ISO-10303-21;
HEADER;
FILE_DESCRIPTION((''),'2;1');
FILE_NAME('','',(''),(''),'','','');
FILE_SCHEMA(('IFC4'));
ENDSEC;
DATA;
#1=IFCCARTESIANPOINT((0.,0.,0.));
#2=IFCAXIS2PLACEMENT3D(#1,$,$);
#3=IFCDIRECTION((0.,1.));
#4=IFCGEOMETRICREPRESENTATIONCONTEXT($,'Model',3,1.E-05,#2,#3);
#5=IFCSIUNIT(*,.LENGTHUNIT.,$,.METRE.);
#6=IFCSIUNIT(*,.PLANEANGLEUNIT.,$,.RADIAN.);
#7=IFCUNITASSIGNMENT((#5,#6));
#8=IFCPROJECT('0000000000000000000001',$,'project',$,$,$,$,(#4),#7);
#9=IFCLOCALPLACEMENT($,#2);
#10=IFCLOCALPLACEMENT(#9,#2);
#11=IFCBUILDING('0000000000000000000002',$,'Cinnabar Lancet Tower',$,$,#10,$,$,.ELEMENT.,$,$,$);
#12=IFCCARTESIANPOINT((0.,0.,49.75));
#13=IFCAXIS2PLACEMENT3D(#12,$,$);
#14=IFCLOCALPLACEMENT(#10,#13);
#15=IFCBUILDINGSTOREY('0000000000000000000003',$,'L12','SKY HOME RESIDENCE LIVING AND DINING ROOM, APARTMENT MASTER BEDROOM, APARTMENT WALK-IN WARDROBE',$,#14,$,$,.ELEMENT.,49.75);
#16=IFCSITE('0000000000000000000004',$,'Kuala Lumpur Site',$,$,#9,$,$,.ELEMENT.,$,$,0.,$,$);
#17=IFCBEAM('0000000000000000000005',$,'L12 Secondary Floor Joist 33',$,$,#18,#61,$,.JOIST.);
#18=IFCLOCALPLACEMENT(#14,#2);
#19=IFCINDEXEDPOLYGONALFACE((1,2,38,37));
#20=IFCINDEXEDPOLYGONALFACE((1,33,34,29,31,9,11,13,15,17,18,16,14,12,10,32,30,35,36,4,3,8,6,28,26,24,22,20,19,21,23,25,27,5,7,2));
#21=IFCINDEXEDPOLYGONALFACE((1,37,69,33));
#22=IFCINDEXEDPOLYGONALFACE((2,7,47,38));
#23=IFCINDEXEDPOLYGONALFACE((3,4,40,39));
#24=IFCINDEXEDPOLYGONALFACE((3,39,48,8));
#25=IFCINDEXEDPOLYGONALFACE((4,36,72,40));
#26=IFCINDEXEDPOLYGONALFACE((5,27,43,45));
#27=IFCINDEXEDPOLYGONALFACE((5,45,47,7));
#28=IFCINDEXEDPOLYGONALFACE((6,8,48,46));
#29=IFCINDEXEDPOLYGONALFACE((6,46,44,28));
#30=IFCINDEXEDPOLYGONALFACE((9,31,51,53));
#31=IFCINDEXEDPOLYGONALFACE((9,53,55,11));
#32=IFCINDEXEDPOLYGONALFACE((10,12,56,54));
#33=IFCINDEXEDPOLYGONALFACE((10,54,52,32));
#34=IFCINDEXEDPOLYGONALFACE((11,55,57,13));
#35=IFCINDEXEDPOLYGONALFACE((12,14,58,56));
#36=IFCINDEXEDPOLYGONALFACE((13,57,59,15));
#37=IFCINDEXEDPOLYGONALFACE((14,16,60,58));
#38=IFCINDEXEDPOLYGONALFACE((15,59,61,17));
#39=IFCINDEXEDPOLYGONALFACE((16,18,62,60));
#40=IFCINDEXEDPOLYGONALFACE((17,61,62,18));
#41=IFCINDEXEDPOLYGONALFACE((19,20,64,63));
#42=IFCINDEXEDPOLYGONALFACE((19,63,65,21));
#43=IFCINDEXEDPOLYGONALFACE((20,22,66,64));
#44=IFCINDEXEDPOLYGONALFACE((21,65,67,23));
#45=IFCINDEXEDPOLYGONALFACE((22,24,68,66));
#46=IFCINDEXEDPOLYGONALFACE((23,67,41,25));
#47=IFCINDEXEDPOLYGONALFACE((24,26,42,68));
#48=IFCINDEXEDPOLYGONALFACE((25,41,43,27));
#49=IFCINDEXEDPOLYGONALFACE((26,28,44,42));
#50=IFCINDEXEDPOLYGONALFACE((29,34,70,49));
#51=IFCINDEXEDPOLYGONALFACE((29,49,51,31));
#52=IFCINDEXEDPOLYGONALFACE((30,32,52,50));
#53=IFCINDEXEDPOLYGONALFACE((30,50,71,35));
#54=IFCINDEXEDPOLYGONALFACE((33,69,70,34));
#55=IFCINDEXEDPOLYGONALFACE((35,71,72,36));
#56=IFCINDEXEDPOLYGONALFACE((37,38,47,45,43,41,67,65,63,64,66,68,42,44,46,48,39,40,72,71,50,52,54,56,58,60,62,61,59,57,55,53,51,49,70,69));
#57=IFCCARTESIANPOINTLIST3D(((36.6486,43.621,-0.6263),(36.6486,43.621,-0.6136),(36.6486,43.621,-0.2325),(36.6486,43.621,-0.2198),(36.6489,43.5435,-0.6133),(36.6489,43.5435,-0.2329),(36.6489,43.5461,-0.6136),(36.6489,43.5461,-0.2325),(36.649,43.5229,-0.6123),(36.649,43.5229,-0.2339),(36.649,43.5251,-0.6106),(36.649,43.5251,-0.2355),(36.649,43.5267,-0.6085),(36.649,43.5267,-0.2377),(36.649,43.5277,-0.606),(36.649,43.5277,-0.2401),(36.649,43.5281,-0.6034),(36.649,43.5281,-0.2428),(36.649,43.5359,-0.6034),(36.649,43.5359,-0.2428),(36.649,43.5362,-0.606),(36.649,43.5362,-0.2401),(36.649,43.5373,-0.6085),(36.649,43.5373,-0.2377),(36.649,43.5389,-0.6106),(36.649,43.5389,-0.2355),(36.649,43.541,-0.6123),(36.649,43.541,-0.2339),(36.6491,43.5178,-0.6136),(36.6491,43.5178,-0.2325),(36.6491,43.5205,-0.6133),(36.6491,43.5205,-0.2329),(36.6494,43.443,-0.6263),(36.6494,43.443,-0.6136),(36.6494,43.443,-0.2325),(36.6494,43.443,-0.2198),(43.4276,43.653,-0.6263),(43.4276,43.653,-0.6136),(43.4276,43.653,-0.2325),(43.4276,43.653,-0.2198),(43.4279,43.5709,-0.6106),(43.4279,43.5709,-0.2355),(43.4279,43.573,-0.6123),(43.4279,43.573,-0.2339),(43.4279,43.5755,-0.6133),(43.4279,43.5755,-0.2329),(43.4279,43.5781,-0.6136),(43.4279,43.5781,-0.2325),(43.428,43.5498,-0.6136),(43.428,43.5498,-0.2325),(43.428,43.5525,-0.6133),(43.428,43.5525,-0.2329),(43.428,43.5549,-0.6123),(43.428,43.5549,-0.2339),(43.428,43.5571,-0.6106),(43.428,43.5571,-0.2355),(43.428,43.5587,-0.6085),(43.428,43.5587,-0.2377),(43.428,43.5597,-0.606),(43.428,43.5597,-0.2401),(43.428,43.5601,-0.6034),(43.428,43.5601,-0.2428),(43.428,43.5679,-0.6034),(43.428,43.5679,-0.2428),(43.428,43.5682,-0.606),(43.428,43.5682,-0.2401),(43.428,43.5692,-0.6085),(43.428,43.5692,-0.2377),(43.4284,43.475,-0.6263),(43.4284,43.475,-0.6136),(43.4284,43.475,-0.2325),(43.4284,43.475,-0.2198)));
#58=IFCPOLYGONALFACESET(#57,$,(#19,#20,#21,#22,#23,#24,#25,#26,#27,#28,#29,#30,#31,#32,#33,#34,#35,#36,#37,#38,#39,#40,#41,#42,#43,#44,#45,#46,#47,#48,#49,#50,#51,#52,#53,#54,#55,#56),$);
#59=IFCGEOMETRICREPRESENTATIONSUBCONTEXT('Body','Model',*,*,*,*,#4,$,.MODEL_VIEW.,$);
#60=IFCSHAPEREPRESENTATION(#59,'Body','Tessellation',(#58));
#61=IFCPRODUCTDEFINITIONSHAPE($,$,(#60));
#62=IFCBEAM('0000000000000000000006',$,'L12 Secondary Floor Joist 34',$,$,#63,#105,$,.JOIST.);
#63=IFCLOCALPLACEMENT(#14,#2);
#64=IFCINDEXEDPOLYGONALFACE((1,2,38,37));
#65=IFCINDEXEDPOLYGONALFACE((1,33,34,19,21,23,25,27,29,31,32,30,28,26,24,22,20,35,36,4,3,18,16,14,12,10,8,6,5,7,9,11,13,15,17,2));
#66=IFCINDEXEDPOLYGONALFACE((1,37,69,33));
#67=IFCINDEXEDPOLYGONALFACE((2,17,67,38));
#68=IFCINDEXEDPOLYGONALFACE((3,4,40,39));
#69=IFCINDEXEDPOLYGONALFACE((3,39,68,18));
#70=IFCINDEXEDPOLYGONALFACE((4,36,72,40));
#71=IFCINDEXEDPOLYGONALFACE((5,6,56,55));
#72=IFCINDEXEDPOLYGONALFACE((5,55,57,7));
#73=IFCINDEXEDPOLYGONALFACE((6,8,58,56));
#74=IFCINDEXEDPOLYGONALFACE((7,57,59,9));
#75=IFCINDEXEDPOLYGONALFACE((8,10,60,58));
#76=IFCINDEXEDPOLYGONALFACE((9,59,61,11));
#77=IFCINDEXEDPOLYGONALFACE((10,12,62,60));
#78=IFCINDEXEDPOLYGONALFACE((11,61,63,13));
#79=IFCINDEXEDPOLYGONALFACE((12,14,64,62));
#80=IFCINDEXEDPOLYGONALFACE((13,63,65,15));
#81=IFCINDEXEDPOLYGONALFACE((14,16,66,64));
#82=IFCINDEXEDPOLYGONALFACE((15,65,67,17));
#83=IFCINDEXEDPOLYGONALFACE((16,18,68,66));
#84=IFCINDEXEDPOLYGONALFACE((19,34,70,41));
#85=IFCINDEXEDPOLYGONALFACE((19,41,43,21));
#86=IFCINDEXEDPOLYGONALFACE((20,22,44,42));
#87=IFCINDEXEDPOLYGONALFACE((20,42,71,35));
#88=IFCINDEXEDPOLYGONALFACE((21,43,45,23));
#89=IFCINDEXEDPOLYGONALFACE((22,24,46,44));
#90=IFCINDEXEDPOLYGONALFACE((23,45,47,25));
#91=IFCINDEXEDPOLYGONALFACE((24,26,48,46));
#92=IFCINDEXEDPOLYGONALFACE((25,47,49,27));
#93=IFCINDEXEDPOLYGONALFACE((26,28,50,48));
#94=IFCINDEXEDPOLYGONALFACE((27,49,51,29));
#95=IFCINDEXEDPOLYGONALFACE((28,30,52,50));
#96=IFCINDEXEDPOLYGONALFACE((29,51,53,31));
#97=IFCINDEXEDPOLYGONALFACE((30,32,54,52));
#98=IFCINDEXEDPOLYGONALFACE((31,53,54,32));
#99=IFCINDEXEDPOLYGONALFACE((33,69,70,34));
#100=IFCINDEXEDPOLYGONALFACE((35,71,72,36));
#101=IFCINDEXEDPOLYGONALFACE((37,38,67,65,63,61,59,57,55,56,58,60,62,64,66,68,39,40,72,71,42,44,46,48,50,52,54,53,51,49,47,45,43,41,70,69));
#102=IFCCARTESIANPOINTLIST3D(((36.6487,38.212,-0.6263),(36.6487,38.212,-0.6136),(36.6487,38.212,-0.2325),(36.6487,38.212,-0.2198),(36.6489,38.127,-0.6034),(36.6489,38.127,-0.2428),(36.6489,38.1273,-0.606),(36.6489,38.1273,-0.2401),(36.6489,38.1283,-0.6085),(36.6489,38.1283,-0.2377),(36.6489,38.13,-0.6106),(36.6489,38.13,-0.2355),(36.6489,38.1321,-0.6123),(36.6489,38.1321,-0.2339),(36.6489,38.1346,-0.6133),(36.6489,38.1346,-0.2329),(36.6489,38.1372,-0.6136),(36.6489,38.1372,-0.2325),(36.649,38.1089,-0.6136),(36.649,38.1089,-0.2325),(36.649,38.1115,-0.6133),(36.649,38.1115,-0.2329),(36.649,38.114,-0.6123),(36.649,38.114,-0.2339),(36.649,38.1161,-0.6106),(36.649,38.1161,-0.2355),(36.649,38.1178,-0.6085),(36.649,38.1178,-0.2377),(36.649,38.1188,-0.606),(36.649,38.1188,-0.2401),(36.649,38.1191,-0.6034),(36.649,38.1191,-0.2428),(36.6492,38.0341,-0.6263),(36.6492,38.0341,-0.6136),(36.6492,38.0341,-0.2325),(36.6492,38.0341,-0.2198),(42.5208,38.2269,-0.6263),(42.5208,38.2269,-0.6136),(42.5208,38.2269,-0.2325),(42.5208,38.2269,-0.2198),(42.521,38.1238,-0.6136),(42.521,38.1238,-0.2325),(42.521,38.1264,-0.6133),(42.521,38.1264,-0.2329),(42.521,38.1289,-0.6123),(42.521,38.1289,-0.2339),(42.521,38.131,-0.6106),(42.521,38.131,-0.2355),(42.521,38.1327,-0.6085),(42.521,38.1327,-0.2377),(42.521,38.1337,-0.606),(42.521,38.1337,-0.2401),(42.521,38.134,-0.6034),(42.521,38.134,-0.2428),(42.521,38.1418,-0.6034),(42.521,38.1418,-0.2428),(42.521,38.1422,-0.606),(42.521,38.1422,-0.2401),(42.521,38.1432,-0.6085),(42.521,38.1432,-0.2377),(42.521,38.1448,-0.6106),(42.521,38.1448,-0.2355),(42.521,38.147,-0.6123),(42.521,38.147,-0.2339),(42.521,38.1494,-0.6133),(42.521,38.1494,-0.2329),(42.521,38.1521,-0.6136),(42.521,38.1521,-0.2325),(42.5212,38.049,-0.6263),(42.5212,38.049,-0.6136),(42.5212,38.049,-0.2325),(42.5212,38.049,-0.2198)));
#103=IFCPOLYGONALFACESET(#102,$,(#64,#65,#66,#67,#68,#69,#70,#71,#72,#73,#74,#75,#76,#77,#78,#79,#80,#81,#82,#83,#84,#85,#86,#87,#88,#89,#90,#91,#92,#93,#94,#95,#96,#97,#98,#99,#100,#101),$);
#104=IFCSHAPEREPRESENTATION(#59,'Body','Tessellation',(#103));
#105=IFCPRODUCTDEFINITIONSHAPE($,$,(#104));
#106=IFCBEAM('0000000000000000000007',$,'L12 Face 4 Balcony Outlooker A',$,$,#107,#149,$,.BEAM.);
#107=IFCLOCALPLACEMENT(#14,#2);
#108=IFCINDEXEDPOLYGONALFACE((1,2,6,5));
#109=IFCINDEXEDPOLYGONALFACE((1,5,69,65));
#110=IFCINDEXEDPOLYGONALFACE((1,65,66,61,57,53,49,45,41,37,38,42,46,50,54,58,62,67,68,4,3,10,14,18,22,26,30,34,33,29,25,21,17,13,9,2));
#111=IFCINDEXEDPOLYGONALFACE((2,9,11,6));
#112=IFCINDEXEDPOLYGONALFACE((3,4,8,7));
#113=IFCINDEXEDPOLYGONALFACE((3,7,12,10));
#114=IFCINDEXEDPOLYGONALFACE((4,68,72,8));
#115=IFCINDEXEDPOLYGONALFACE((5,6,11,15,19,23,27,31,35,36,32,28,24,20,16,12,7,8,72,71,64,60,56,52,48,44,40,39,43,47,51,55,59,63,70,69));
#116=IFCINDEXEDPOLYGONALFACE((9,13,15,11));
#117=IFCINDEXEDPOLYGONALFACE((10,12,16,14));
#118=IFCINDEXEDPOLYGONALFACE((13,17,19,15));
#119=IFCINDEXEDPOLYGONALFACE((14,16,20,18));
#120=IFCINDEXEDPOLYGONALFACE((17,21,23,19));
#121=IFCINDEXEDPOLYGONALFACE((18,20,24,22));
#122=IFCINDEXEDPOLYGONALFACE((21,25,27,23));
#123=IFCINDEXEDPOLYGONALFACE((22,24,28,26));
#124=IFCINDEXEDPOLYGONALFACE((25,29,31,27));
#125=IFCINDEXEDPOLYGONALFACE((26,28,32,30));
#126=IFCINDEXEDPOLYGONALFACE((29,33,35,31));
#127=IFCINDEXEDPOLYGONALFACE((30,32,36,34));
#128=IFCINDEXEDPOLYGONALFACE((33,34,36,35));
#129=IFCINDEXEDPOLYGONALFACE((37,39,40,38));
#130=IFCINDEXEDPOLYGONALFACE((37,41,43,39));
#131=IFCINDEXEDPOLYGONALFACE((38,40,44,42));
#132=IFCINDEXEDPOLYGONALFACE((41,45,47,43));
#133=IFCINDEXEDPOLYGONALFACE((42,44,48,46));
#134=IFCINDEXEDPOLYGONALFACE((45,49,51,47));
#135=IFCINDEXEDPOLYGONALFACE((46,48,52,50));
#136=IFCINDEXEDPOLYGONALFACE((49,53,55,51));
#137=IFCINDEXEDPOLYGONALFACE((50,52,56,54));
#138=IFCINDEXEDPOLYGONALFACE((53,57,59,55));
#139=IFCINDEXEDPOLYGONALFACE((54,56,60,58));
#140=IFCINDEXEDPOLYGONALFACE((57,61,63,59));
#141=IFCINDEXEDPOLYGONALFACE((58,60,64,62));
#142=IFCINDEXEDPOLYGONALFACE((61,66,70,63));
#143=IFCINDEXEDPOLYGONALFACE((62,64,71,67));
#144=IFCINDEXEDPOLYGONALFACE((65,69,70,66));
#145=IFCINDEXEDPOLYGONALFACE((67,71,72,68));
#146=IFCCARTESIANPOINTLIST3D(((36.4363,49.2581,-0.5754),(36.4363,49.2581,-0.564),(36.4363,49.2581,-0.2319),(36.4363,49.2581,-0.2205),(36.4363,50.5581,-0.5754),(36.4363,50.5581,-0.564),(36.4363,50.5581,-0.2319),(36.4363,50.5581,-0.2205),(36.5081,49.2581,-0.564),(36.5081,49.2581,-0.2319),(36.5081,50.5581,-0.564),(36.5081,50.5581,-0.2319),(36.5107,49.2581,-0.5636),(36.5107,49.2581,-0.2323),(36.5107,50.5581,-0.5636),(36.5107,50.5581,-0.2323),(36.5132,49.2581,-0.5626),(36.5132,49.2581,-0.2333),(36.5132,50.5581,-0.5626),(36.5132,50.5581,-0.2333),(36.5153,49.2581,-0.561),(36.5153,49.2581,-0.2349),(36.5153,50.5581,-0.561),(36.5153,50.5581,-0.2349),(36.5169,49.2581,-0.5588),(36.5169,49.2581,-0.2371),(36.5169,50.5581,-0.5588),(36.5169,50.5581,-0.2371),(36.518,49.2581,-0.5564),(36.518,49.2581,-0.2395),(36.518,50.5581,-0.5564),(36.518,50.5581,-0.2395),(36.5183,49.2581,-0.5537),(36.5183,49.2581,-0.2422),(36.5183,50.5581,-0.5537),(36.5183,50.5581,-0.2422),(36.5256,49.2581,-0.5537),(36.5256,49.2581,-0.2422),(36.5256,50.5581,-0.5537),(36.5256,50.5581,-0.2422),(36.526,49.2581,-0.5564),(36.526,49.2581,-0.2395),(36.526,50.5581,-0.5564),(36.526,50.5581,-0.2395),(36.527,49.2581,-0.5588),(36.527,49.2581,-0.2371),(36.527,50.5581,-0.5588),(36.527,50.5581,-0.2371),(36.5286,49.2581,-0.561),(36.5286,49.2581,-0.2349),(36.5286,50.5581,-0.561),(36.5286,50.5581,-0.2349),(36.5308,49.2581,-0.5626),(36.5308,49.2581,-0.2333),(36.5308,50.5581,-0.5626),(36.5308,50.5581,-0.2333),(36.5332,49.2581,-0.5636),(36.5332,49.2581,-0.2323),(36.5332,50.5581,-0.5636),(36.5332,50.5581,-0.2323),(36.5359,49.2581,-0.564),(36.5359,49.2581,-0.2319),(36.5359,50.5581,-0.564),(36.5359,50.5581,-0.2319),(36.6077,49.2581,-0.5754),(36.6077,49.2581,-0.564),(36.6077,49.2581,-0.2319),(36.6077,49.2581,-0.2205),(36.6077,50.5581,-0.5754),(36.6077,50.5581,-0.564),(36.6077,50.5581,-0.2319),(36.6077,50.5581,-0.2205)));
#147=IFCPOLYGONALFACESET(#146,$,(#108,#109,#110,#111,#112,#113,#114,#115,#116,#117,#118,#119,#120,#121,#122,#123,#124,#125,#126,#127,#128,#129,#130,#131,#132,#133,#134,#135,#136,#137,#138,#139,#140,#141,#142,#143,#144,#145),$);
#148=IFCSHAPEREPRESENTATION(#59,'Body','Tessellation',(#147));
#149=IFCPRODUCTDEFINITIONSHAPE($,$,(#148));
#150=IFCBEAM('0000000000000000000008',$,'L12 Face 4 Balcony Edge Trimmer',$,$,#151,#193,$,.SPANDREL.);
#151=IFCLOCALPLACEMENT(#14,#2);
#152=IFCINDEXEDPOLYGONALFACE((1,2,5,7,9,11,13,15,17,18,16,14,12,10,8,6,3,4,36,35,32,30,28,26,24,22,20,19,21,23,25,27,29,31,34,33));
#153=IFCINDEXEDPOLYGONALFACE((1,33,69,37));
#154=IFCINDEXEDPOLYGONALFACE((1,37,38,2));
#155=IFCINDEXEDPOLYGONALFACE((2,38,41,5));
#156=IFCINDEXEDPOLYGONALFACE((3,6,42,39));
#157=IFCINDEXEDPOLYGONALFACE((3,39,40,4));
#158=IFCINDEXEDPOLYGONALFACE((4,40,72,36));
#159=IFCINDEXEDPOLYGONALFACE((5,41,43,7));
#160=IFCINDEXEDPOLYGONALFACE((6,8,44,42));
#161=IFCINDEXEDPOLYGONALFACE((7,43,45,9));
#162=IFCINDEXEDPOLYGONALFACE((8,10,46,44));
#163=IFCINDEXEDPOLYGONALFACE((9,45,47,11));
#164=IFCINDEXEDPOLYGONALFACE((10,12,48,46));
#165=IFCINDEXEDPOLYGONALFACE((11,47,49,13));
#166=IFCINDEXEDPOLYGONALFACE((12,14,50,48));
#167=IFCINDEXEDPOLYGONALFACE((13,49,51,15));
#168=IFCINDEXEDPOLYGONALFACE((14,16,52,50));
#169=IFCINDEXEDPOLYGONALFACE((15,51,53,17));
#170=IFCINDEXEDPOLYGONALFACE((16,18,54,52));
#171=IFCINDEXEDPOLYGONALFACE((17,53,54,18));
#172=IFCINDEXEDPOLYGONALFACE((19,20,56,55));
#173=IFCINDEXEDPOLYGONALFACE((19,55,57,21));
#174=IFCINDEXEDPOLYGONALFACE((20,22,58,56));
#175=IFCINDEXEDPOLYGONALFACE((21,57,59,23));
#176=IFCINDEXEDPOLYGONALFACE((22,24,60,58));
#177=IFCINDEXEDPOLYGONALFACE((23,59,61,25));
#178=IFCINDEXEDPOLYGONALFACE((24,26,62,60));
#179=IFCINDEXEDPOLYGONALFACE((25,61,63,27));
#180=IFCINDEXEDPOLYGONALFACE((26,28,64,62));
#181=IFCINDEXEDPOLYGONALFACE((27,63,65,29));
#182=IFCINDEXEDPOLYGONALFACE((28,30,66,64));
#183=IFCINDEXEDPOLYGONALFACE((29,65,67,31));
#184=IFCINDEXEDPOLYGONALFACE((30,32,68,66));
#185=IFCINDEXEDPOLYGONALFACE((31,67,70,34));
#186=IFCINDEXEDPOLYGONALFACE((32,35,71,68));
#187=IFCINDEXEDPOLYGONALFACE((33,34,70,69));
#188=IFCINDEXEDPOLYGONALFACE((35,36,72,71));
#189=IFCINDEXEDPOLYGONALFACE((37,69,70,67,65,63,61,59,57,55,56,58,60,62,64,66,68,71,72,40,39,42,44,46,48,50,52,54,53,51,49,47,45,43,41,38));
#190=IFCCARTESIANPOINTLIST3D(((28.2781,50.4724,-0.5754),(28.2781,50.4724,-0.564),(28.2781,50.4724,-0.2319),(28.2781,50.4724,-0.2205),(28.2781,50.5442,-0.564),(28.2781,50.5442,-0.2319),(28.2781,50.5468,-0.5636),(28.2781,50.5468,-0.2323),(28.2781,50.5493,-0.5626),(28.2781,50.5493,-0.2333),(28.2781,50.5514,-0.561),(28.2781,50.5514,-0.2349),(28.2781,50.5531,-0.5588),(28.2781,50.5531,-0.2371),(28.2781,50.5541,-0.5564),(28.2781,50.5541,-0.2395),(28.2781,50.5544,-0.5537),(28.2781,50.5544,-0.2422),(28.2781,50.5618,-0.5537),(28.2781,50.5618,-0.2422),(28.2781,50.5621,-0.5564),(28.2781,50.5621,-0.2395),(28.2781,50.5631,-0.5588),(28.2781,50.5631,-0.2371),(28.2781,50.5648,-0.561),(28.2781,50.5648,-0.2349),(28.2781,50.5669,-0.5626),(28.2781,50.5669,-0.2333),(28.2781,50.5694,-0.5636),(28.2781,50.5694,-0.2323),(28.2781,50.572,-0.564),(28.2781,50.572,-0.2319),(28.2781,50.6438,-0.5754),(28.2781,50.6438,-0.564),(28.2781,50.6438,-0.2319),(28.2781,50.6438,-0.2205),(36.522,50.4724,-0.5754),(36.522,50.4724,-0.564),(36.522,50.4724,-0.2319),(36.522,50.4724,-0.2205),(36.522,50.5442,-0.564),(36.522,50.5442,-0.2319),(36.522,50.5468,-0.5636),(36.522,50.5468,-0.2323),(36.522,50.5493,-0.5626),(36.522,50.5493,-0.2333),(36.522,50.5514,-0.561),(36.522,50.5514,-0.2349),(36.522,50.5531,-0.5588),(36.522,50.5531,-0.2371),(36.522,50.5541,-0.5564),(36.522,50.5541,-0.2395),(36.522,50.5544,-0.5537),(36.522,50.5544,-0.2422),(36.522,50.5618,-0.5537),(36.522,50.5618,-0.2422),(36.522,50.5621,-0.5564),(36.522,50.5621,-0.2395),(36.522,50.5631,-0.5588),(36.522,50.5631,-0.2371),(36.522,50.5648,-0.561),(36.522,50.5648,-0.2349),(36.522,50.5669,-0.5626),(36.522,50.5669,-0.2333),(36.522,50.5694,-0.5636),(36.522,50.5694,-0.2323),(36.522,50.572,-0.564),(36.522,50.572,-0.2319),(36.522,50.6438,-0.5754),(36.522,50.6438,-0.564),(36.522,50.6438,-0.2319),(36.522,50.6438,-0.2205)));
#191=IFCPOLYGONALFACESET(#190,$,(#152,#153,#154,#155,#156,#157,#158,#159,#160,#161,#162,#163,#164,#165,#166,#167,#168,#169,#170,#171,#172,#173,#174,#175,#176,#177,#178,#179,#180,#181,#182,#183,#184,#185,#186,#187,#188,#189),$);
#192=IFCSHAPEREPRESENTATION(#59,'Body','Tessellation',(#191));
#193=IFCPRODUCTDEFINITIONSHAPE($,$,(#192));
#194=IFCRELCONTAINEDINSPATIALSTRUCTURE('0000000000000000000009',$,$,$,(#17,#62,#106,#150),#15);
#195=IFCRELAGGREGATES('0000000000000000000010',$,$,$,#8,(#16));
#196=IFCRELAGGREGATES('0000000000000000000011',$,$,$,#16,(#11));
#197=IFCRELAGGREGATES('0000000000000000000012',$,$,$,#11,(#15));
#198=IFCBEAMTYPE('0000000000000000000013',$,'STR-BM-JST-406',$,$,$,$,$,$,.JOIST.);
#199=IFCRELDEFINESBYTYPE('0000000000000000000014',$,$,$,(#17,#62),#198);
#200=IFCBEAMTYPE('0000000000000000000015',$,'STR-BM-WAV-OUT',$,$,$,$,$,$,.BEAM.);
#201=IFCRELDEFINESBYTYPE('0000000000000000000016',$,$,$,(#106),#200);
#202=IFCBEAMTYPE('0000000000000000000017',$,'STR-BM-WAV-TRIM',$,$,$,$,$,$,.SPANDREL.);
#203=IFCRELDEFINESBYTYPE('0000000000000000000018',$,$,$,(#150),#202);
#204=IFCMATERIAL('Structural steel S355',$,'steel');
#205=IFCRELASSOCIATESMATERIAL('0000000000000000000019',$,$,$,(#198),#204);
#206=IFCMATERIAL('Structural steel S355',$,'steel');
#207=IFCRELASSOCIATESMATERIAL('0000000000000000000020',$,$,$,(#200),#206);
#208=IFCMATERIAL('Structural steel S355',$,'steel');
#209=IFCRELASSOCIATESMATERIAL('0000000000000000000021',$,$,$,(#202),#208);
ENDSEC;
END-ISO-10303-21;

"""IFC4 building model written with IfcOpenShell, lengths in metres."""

from ifc_helpers import new_model, si_unit, direction, frame, origin, origin_2d, place, context, subcontext, project, spatial, i_section, extrude, material, material_profile, profile_set, type_object, element, save


model = new_model("IFC4")

# Units and contexts
model_context = context("Model", 3, precision=1e-05, world=origin(), true_north=direction((0.0, 1.0)))
body_context = subcontext(model_context, "Body", "Model", "MODEL_VIEW")
ifc_project = project(units=[si_unit("LENGTHUNIT", "METRE"), si_unit("PLANEANGLEUNIT", "RADIAN")], contexts=[model_context])

# Site, building, storey
site_placement = place(None, origin())
site = spatial("IfcSite", under=ifc_project, at=site_placement, Name="Kuala Lumpur Site", CompositionType="ELEMENT", RefElevation=0.0)
building_placement = place(site_placement, origin())
building = spatial("IfcBuilding", under=site, at=building_placement, Name="Cinnabar Lancet Tower", CompositionType="ELEMENT")
storey_placement = place(building_placement, frame((0.0, 0.0, 49.75)))
storey = spatial("IfcBuildingStorey", under=building, at=storey_placement, Name="L12", Description="SKY HOME RESIDENCE LIVING AND DINING ROOM, APARTMENT MASTER BEDROOM, APARTMENT WALK-IN WARDROBE", CompositionType="ELEMENT", Elevation=49.75)

# Beams
ifc_material_1 = material(Name="Structural steel S355", Category="steel")
ifc_material_profile_1 = material_profile(ifc_material_1, i_section(OverallWidth=0.178, OverallDepth=0.4065, WebThickness=0.0078, FlangeThickness=0.0127, FilletRadius=0.0103, at=origin_2d()), Name="UKB 406x178x60")
ifc_profile_set_1 = profile_set([ifc_material_profile_1], Name="Structural steel S355")
beam_type_1 = type_object("IfcBeamType", Name="STR-BM-JST-406", PredefinedType="JOIST", material=ifc_profile_set_1)
beam_1_placement = place(storey_placement, frame((43.428, 43.564, -0.4231), z_axis=(-0.999989, -0.004718, 0.0), x_axis=(0.004718, -0.999989, 0.0)))
element("IfcBeam", 1, at=beam_1_placement, inside=storey, type_object=beam_type_1, Name="L12 Secondary Floor Joist 33", PredefinedType="JOIST", context=body_context, shape_type="SweptSolid", body=[
    extrude(i_section(OverallWidth=0.178, OverallDepth=0.4065, WebThickness=0.0078, FlangeThickness=0.0127, FilletRadius=0.0103, at=origin_2d()), origin(), (0.0, 0.0, 1.0), 6.7791),
])
beam_2_placement = place(storey_placement, frame((42.521, 38.1379, -0.4231), z_axis=(-0.999997, -0.002536, 0.0), x_axis=(0.002536, -0.999997, 0.0)))
element("IfcBeam", 2, at=beam_2_placement, inside=storey, type_object=beam_type_1, Name="L12 Secondary Floor Joist 34", PredefinedType="JOIST", context=body_context, shape_type="SweptSolid", body=[
    extrude(i_section(OverallWidth=0.178, OverallDepth=0.4065, WebThickness=0.0078, FlangeThickness=0.0127, FilletRadius=0.0103, at=origin_2d()), origin(), (0.0, 0.0, 1.0), 5.8721),
])
ifc_material_2 = material(Name="Structural steel S355", Category="steel")
ifc_material_profile_2 = material_profile(ifc_material_2, i_section(OverallWidth=0.1714, OverallDepth=0.355, WebThickness=0.0073, FlangeThickness=0.0115, FilletRadius=0.0103, at=origin_2d()), Name="UKB 356x171x51")
ifc_profile_set_2 = profile_set([ifc_material_profile_2], Name="Structural steel S355")
beam_type_2 = type_object("IfcBeamType", Name="STR-BM-WAV-OUT", PredefinedType="BEAM", material=ifc_profile_set_2)
beam_3_placement = place(storey_placement, frame((36.522, 49.2581, -0.3979), z_axis=(0.0, 1.0, 0.0), x_axis=(-1.0, 0.0, 0.0)))
element("IfcBeam", 3, at=beam_3_placement, inside=storey, type_object=beam_type_2, Name="L12 Face 4 Balcony Outlooker A", PredefinedType="BEAM", context=body_context, shape_type="SweptSolid", body=[
    extrude(i_section(OverallWidth=0.1714, OverallDepth=0.355, WebThickness=0.0073, FlangeThickness=0.0115, FilletRadius=0.0103, at=origin_2d()), origin(), (0.0, 0.0, 1.0), 1.3),
])
ifc_material_3 = material(Name="Structural steel S355", Category="steel")
ifc_material_profile_3 = material_profile(ifc_material_3, i_section(OverallWidth=0.1714, OverallDepth=0.355, WebThickness=0.0073, FlangeThickness=0.0115, FilletRadius=0.0103, at=origin_2d()), Name="UKB 356x171x51")
ifc_profile_set_3 = profile_set([ifc_material_profile_3], Name="Structural steel S355")
beam_type_3 = type_object("IfcBeamType", Name="STR-BM-WAV-TRIM", PredefinedType="SPANDREL", material=ifc_profile_set_3)
beam_4_placement = place(storey_placement, frame((36.522, 50.5581, -0.3979), z_axis=(-1.0, 0.0, 0.0), x_axis=(0.0, -1.0, 0.0)))
element("IfcBeam", 4, at=beam_4_placement, inside=storey, type_object=beam_type_3, Name="L12 Face 4 Balcony Edge Trimmer", PredefinedType="SPANDREL", context=body_context, shape_type="SweptSolid", body=[
    extrude(i_section(OverallWidth=0.1714, OverallDepth=0.355, WebThickness=0.0073, FlangeThickness=0.0115, FilletRadius=0.0103, at=origin_2d()), origin(), (0.0, 0.0, 1.0), 8.2439),
])

save(model, "model.ifc")
